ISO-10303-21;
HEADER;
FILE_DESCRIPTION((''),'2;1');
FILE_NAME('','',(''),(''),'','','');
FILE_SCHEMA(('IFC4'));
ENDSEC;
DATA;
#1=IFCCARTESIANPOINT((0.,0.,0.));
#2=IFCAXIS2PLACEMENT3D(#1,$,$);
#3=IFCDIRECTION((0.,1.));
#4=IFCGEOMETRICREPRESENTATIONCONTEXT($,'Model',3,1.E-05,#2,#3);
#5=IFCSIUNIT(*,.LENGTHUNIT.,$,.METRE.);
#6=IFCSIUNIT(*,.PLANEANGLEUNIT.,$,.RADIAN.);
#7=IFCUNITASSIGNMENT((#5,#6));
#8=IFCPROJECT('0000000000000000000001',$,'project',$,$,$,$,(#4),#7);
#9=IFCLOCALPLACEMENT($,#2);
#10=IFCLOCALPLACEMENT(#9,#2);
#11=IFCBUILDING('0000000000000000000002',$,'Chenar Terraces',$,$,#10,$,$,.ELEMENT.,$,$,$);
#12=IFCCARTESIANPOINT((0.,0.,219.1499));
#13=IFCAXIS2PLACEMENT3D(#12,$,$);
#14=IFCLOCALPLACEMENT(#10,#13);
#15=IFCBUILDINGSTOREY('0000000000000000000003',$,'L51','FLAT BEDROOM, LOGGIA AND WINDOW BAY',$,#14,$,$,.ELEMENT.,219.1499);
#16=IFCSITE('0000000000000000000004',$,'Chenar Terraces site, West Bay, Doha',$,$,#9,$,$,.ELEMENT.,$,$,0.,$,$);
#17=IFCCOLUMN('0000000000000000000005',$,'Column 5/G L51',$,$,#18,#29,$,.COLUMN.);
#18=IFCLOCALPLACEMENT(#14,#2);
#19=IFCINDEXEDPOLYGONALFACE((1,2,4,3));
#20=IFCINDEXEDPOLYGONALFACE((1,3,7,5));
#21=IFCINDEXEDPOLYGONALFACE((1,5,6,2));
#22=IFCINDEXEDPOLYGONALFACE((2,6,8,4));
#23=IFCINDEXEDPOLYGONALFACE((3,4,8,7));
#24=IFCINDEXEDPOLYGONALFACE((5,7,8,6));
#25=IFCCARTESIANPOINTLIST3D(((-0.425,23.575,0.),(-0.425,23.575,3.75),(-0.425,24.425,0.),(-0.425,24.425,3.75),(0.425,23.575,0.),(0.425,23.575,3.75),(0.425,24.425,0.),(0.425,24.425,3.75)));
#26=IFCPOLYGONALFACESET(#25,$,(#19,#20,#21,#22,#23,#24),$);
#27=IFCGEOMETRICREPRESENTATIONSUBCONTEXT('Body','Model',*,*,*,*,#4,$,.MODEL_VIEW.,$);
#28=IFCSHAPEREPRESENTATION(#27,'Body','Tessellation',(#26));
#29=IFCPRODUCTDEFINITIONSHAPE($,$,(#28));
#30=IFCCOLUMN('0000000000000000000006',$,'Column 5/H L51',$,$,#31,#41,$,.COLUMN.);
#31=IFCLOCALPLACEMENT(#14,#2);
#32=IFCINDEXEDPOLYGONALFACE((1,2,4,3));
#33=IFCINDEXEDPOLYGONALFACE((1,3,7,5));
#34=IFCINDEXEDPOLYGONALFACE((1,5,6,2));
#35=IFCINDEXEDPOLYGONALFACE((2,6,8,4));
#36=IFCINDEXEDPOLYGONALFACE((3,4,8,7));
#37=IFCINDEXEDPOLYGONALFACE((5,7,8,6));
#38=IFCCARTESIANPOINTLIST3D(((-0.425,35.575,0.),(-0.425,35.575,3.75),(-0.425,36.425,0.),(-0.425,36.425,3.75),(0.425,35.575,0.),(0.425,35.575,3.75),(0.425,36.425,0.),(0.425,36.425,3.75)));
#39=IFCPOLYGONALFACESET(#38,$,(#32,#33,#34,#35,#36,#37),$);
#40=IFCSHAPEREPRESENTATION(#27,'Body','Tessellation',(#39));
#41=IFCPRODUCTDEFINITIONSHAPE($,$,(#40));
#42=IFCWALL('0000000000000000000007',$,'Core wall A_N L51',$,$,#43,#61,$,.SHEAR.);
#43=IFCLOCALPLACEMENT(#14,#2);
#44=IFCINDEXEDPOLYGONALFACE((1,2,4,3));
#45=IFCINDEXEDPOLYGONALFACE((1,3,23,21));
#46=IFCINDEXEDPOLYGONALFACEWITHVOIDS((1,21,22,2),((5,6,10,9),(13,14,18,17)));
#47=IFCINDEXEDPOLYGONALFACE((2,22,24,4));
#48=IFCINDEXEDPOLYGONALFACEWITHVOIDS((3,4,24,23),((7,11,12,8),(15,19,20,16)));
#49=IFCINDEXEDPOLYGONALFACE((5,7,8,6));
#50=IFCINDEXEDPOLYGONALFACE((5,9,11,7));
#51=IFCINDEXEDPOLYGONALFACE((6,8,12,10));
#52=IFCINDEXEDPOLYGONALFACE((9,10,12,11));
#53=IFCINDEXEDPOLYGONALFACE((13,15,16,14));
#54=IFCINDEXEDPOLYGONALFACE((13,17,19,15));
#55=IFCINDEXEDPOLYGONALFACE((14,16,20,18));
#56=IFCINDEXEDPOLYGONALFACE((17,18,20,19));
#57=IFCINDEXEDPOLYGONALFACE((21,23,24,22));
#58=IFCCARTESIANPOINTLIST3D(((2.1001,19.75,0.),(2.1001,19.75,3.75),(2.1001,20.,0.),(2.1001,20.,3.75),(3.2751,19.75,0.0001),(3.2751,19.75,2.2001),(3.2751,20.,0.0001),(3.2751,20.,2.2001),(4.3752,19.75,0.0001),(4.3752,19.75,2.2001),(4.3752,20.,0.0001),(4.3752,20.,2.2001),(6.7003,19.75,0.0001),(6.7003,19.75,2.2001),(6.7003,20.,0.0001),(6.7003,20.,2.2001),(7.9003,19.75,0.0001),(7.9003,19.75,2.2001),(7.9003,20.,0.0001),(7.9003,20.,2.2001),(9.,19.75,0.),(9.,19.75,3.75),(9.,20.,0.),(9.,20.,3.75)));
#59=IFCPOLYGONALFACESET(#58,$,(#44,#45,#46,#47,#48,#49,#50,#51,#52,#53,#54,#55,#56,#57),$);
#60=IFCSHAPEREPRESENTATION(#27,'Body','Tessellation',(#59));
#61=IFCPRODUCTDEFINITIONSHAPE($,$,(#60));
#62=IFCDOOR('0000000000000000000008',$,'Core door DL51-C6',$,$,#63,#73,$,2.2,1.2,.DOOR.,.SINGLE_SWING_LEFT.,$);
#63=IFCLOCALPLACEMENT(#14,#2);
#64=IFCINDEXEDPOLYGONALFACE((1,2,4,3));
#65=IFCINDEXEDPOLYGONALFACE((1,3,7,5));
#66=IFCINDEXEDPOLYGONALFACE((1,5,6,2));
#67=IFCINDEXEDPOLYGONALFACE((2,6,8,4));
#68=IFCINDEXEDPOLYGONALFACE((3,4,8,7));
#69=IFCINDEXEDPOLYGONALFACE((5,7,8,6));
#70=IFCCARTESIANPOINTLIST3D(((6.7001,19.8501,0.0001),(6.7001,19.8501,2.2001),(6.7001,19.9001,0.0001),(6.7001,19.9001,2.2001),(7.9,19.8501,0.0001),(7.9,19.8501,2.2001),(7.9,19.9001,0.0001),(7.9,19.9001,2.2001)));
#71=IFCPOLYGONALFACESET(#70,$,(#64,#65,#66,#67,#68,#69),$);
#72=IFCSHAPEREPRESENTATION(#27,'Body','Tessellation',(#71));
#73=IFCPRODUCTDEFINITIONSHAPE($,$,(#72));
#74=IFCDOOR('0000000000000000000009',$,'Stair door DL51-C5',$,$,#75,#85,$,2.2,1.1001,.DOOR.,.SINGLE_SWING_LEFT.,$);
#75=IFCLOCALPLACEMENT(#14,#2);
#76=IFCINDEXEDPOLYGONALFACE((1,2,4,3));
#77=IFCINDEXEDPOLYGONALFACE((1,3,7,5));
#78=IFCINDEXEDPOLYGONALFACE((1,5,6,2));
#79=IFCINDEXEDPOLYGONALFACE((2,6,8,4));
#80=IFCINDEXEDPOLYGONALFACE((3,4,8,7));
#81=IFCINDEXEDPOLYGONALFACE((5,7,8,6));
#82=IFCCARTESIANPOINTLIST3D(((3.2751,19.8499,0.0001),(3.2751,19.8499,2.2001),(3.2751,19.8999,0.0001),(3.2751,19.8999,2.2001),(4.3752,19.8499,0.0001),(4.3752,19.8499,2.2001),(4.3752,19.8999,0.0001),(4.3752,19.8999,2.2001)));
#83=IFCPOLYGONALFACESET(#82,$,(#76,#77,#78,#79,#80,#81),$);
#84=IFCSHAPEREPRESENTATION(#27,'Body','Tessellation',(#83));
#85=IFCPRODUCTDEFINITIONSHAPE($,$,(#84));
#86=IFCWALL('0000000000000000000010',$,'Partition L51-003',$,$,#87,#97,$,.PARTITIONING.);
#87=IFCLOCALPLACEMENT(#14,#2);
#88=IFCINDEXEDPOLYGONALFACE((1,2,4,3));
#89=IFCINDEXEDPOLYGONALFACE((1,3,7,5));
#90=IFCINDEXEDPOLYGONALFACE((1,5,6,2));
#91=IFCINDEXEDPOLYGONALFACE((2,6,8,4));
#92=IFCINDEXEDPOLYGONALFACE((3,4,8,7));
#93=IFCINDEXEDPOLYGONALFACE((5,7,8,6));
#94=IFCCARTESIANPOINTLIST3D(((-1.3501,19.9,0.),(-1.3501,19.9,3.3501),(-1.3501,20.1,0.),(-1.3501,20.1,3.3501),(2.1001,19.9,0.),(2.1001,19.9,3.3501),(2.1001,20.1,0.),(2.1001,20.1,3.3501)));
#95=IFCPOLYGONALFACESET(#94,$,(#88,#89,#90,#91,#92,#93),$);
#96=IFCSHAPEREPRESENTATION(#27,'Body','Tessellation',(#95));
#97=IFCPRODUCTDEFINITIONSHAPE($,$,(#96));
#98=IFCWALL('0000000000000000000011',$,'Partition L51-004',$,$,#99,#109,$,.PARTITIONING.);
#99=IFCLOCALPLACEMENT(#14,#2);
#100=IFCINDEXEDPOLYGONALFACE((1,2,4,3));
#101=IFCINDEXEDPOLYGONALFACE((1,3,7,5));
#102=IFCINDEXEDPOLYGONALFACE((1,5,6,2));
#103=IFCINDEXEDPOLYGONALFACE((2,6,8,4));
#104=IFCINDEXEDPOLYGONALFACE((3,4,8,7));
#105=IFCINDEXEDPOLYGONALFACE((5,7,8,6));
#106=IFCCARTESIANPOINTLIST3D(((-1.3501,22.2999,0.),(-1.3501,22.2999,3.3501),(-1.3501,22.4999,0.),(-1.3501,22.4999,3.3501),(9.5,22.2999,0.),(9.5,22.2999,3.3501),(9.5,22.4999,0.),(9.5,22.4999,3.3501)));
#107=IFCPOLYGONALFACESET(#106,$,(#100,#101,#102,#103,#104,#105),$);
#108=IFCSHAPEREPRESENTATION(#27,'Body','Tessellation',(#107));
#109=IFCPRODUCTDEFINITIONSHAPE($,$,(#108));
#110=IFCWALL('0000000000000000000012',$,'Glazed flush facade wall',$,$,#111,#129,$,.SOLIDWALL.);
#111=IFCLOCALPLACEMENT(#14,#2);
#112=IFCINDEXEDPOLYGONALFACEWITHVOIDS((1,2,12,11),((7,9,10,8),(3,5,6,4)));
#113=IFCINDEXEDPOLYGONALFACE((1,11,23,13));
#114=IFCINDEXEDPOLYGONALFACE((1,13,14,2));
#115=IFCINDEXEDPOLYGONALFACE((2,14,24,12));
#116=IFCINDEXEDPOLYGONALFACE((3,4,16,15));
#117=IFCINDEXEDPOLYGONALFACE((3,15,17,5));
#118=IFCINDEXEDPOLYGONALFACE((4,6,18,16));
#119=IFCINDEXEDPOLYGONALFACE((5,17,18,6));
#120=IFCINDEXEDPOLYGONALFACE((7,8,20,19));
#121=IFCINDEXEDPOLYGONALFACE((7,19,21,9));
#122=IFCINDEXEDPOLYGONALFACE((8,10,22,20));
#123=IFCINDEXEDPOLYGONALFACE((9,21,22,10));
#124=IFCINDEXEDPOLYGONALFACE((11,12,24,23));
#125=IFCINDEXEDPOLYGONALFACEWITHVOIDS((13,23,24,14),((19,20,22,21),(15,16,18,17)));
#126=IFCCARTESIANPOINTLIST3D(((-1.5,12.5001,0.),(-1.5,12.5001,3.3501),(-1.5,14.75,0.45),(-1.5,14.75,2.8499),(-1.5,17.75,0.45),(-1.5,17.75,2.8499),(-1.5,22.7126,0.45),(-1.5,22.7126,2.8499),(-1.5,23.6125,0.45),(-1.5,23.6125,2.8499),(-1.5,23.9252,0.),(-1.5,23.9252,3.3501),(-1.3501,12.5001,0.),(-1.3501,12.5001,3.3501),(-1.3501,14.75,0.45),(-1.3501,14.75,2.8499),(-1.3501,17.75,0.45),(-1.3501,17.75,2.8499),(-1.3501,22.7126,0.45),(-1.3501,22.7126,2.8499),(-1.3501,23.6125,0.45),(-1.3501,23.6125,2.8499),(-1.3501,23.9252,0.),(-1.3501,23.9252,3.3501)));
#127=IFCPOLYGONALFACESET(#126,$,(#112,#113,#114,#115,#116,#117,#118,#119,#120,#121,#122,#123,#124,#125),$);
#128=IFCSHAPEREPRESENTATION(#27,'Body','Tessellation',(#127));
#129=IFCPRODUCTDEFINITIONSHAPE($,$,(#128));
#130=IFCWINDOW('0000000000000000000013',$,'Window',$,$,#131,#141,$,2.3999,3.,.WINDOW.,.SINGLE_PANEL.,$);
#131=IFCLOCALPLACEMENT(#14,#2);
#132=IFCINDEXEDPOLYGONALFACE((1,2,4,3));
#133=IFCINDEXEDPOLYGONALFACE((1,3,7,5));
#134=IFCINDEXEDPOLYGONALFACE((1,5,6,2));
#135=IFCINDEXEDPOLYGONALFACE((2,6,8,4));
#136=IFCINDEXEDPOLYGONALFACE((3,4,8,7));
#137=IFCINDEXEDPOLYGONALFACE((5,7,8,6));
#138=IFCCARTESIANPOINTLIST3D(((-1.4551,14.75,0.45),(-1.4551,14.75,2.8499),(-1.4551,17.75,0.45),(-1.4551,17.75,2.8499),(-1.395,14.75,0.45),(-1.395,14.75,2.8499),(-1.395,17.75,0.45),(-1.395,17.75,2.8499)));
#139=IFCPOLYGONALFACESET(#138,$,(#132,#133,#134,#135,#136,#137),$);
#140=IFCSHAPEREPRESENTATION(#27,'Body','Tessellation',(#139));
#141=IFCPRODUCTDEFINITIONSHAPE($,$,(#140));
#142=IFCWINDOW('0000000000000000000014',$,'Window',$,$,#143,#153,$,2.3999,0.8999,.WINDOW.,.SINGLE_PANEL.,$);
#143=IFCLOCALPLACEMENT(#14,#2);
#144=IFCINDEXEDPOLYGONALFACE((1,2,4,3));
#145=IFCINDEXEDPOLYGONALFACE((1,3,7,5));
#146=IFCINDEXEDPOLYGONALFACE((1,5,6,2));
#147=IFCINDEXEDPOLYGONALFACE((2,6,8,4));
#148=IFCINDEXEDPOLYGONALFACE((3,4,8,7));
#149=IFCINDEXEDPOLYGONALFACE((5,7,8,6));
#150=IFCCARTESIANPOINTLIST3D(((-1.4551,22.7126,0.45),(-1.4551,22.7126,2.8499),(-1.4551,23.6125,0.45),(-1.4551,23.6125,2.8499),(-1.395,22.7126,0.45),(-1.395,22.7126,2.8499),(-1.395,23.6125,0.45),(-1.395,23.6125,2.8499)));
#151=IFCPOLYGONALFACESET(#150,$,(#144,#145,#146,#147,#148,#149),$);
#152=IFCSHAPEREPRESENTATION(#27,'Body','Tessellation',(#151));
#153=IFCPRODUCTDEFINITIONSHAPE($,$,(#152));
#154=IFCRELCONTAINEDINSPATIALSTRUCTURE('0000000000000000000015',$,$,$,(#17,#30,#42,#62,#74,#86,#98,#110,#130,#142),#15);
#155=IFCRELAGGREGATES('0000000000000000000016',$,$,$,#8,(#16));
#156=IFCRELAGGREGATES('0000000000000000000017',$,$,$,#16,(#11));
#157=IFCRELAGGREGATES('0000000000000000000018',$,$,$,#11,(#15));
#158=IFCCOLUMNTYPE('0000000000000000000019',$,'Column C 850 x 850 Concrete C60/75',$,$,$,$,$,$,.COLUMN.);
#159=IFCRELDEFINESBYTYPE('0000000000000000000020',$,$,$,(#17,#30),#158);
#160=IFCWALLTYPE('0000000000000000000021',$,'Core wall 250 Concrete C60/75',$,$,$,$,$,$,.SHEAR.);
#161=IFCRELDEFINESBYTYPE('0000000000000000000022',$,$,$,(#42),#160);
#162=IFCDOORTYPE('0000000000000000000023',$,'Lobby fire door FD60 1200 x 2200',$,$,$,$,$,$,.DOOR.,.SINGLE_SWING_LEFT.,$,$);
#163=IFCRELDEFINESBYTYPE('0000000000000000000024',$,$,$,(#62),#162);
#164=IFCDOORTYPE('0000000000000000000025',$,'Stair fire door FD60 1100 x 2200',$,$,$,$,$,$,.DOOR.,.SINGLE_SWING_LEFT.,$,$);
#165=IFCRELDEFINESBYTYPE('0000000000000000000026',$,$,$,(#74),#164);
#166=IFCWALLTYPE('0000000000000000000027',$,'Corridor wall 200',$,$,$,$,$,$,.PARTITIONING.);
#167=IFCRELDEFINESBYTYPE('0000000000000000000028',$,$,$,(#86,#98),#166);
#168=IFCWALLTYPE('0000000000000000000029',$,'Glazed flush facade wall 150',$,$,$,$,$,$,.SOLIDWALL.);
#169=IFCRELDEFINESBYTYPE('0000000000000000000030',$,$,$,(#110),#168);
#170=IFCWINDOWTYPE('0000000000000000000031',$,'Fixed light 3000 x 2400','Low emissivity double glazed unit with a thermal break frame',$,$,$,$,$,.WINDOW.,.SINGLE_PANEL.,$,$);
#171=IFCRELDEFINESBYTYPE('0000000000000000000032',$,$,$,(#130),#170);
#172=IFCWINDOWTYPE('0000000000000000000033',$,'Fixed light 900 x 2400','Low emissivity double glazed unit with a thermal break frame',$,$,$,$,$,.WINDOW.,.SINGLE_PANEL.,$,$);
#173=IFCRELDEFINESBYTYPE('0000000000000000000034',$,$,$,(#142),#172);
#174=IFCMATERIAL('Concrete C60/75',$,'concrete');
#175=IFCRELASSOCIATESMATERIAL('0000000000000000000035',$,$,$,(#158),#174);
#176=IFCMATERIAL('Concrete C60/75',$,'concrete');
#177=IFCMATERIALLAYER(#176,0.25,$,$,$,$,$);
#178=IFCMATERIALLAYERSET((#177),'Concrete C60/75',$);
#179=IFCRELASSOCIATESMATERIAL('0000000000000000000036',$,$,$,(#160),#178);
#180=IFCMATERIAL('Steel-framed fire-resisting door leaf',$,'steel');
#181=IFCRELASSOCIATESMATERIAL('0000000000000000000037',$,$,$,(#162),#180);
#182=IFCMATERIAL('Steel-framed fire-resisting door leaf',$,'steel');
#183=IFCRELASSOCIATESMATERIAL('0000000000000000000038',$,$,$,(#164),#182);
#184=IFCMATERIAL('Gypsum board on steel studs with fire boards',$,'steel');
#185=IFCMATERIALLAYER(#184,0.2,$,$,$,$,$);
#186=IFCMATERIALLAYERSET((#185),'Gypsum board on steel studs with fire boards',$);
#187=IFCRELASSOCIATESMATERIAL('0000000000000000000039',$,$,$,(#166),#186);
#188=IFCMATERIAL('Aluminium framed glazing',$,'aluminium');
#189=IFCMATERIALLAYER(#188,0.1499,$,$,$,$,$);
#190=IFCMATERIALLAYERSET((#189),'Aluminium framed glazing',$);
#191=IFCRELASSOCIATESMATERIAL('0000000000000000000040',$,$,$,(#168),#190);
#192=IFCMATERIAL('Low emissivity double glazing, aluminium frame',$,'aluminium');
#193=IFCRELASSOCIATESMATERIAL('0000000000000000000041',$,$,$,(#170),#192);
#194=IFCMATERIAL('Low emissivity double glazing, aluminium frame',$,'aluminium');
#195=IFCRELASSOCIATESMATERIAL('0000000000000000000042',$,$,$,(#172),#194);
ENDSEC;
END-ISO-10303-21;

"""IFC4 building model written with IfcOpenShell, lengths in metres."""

from ifc_helpers import new_model, si_unit, direction, frame, frame_2d, origin, origin_2d, place, context, subcontext, project, spatial, rectangle, extrude, material, layer, layer_set, material_profile, profile_set, type_object, element, fill, save


model = new_model("IFC4")

# Units and contexts
model_context = context("Model", 3, precision=1e-05, world=origin(), true_north=direction((0.0, 1.0)))
body_context = subcontext(model_context, "Body", "Model", "MODEL_VIEW")
ifc_project = project(units=[si_unit("LENGTHUNIT", "METRE"), si_unit("PLANEANGLEUNIT", "RADIAN")], contexts=[model_context])

# Site, building, storey
site_placement = place(None, origin())
site = spatial("IfcSite", under=ifc_project, at=site_placement, Name="Chenar Terraces site, West Bay, Doha", CompositionType="ELEMENT", RefElevation=0.0)
building_placement = place(site_placement, origin())
building = spatial("IfcBuilding", under=site, at=building_placement, Name="Chenar Terraces", CompositionType="ELEMENT")
storey_placement = place(building_placement, frame((0.0, 0.0, 219.1499)))
storey = spatial("IfcBuildingStorey", under=building, at=storey_placement, Name="L51", Description="FLAT BEDROOM, LOGGIA AND WINDOW BAY", CompositionType="ELEMENT", Elevation=219.1499)

# Columns
ifc_material_1 = material(Name="Concrete C60/75", Category="concrete")
ifc_material_profile_1 = material_profile(ifc_material_1, rectangle(XDim=0.8501, YDim=0.8501, at=origin_2d()), Name="C 850 x 850")
ifc_profile_set_1 = profile_set([ifc_material_profile_1], Name="Concrete C60/75")
column_type = type_object("IfcColumnType", Name="Column C 850 x 850 Concrete C60/75", PredefinedType="COLUMN", material=ifc_profile_set_1)
column_1_placement = place(storey_placement, frame((0.0, 24.0, 0.0), z_axis=(0.0, 0.0, 1.0), x_axis=(1.0, 0.0, 0.0)))
element("IfcColumn", 1, at=column_1_placement, inside=storey, type_object=column_type, Name="Column 5/G L51", PredefinedType="COLUMN", context=body_context, shape_type="SweptSolid", body=[
    extrude(rectangle(XDim=0.8501, YDim=0.8501, at=origin_2d()), origin(), (0.0, 0.0, 1.0), 3.75),
])
placement = place(storey_placement, frame((0.0, 36.0, 0.0), z_axis=(0.0, 0.0, 1.0), x_axis=(1.0, 0.0, 0.0)))
element("IfcColumn", 2, at=placement, inside=storey, type_object=column_type, Name="Column 5/H L51", PredefinedType="COLUMN", context=body_context, shape_type="SweptSolid", body=[
    extrude(rectangle(XDim=0.8501, YDim=0.8501, at=origin_2d()), origin(), (0.0, 0.0, 1.0), 3.75),
])

# Wall, openings, doors
ifc_material_2 = material(Name="Concrete C60/75", Category="concrete")
ifc_layer_1 = layer(ifc_material_2, 0.25)
ifc_layer_set_1 = layer_set([ifc_layer_1], Name="Concrete C60/75")
wall_type_1 = type_object("IfcWallType", Name="Core wall 250 Concrete C60/75", PredefinedType="SHEAR", material=ifc_layer_set_1)
wall_1_placement = place(storey_placement, frame((2.1001, 19.875, 0.0), z_axis=(0.0, 0.0, 1.0), x_axis=(1.0, 0.0, 0.0)))
wall_1 = element("IfcWall", 3, at=wall_1_placement, inside=storey, type_object=wall_type_1, Name="Core wall A_N L51", PredefinedType="SHEAR", context=body_context, shape_type="SweptSolid", body=[
    extrude(rectangle(XDim=6.8999, YDim=0.25, at=frame_2d((3.45, 0.0))), origin(), (0.0, 0.0, 1.0), 3.75),
])
opening_1_placement = place(wall_1_placement, frame((1.175, 0.0, 0.0)))
opening_1 = element("IfcOpeningElement", 4, at=opening_1_placement, cuts=wall_1, PredefinedType="OPENING", context=body_context, shape_type="SweptSolid", body=[
    extrude(rectangle(XDim=1.1001, YDim=2.2, at=frame_2d((0.55, 1.1001))), frame((0.0, 0.135, 0.0), z_axis=(0.0, -1.0, 0.0), x_axis=(1.0, 0.0, 0.0)), (0.0, 0.0, 1.0), 0.27),
])
opening_2_placement = place(wall_1_placement, frame((4.6001, 0.0, 0.0)))
opening_2 = element("IfcOpeningElement", 5, at=opening_2_placement, cuts=wall_1, PredefinedType="OPENING", context=body_context, shape_type="SweptSolid", body=[
    extrude(rectangle(XDim=1.2, YDim=2.2, at=frame_2d((0.6001, 1.1001))), frame((0.0, 0.135, 0.0), z_axis=(0.0, -1.0, 0.0), x_axis=(1.0, 0.0, 0.0)), (0.0, 0.0, 1.0), 0.27),
])
ifc_material_3 = material(Name="Steel-framed fire-resisting door leaf", Category="steel")
door_type_1 = type_object("IfcDoorType", Name="Lobby fire door FD60 1200 x 2200", OperationType="SINGLE_SWING_LEFT", PredefinedType="DOOR", material=ifc_material_3)
door_1_placement = place(opening_2_placement, frame((1.2, 0.0, 0.0), z_axis=(0.0, 0.0, 1.0), x_axis=(-1.0, 0.0, 0.0)))
door_1 = element("IfcDoor", 6, at=door_1_placement, inside=storey, type_object=door_type_1, Name="Core door DL51-C6", OperationType="SINGLE_SWING_LEFT", OverallHeight=2.2, OverallWidth=1.2, PredefinedType="DOOR", context=body_context, shape_type="SweptSolid", body=[
    extrude(rectangle(XDim=1.2, YDim=2.2, at=frame_2d((0.6001, 1.1001))), frame((0.0, 0.0249, 0.0), z_axis=(0.0, -1.0, 0.0), x_axis=(1.0, 0.0, 0.0)), (0.0, 0.0, 1.0), 0.05),
])
fill(opening_2, door_1)
ifc_material_4 = material(Name="Steel-framed fire-resisting door leaf", Category="steel")
door_type_2 = type_object("IfcDoorType", Name="Stair fire door FD60 1100 x 2200", OperationType="SINGLE_SWING_LEFT", PredefinedType="DOOR", material=ifc_material_4)
door_2_placement = place(opening_1_placement, origin())
door_2 = element("IfcDoor", 7, at=door_2_placement, inside=storey, type_object=door_type_2, Name="Stair door DL51-C5", OperationType="SINGLE_SWING_LEFT", OverallHeight=2.2, OverallWidth=1.1001, PredefinedType="DOOR", context=body_context, shape_type="SweptSolid", body=[
    extrude(rectangle(XDim=1.1001, YDim=2.2, at=frame_2d((0.55, 1.1001))), frame((0.0, 0.0249, 0.0), z_axis=(0.0, -1.0, 0.0), x_axis=(1.0, 0.0, 0.0)), (0.0, 0.0, 1.0), 0.05),
])
fill(opening_1, door_2)

# Walls
ifc_material_5 = material(Name="Gypsum board on steel studs with fire boards", Category="steel")
ifc_layer_2 = layer(ifc_material_5, 0.2)
ifc_layer_set_2 = layer_set([ifc_layer_2], Name="Gypsum board on steel studs with fire boards")
wall_type_2 = type_object("IfcWallType", Name="Corridor wall 200", PredefinedType="PARTITIONING", material=ifc_layer_set_2)
wall_2_placement = place(storey_placement, frame((-1.3501, 20.0, 0.0), z_axis=(0.0, 0.0, 1.0), x_axis=(1.0, 0.0, 0.0)))
element("IfcWall", 8, at=wall_2_placement, inside=storey, type_object=wall_type_2, Name="Partition L51-003", PredefinedType="PARTITIONING", context=body_context, shape_type="SweptSolid", body=[
    extrude(rectangle(XDim=3.4502, YDim=0.2, at=frame_2d((1.7251, 0.0))), origin(), (0.0, 0.0, 1.0), 3.3501),
])
wall_3_placement = place(storey_placement, frame((-1.3501, 22.3999, 0.0), z_axis=(0.0, 0.0, 1.0), x_axis=(1.0, 0.0, 0.0)))
element("IfcWall", 9, at=wall_3_placement, inside=storey, type_object=wall_type_2, Name="Partition L51-004", PredefinedType="PARTITIONING", context=body_context, shape_type="SweptSolid", body=[
    extrude(rectangle(XDim=10.8501, YDim=0.2, at=frame_2d((5.425, 0.0))), origin(), (0.0, 0.0, 1.0), 3.3501),
])

# Wall, openings, windows
ifc_material_6 = material(Name="Aluminium framed glazing", Category="aluminium")
ifc_layer_3 = layer(ifc_material_6, 0.1499)
ifc_layer_set_3 = layer_set([ifc_layer_3], Name="Aluminium framed glazing")
wall_type_3 = type_object("IfcWallType", Name="Glazed flush facade wall 150", PredefinedType="SOLIDWALL", material=ifc_layer_set_3)
wall_4_placement = place(storey_placement, frame((-1.425, 23.925, 0.0), z_axis=(0.0, 0.0, 1.0), x_axis=(0.0, -1.0, 0.0)))
wall_4 = element("IfcWall", 10, at=wall_4_placement, inside=storey, type_object=wall_type_3, Name="Glazed flush facade wall", PredefinedType="SOLIDWALL", context=body_context, shape_type="SweptSolid", body=[
    extrude(rectangle(XDim=11.425, YDim=0.1499, at=frame_2d((5.7124, 0.0))), origin(), (0.0, 0.0, 1.0), 3.3501),
])
opening_3_placement = place(wall_4_placement, frame((0.3125, 0.0, 0.45)))
opening_3 = element("IfcOpeningElement", 11, at=opening_3_placement, cuts=wall_4, PredefinedType="OPENING", context=body_context, shape_type="SweptSolid", body=[
    extrude(rectangle(XDim=0.8999, YDim=2.3999, at=frame_2d((0.45, 1.2))), frame((0.0, 0.085, 0.0), z_axis=(0.0, -1.0, 0.0), x_axis=(1.0, 0.0, 0.0)), (0.0, 0.0, 1.0), 0.1699),
])
opening_4_placement = place(wall_4_placement, frame((6.175, 0.0, 0.45)))
opening_4 = element("IfcOpeningElement", 12, at=opening_4_placement, cuts=wall_4, PredefinedType="OPENING", context=body_context, shape_type="SweptSolid", body=[
    extrude(rectangle(XDim=3.0, YDim=2.3999, at=frame_2d((1.5, 1.2))), frame((0.0, 0.085, 0.0), z_axis=(0.0, -1.0, 0.0), x_axis=(1.0, 0.0, 0.0)), (0.0, 0.0, 1.0), 0.1699),
])
ifc_material_7 = material(Name="Low emissivity double glazing, aluminium frame", Category="aluminium")
window_type_1 = type_object("IfcWindowType", Name="Fixed light 3000 x 2400", Description="Low emissivity double glazed unit with a thermal break frame", PartitioningType="SINGLE_PANEL", PredefinedType="WINDOW", material=ifc_material_7)
window_1_placement = place(opening_4_placement, origin())
window_1 = element("IfcWindow", 13, at=window_1_placement, inside=storey, type_object=window_type_1, Name="Window", OverallHeight=2.3999, OverallWidth=3.0, PartitioningType="SINGLE_PANEL", PredefinedType="WINDOW", context=body_context, shape_type="SweptSolid", body=[
    extrude(rectangle(XDim=3.0, YDim=2.3999, at=frame_2d((1.5, 1.2))), frame((0.0, 0.03, 0.0), z_axis=(0.0, -1.0, 0.0), x_axis=(1.0, 0.0, 0.0)), (0.0, 0.0, 1.0), 0.0601),
])
fill(opening_4, window_1)
ifc_material_8 = material(Name="Low emissivity double glazing, aluminium frame", Category="aluminium")
window_type_2 = type_object("IfcWindowType", Name="Fixed light 900 x 2400", Description="Low emissivity double glazed unit with a thermal break frame", PartitioningType="SINGLE_PANEL", PredefinedType="WINDOW", material=ifc_material_8)
window_2_placement = place(opening_3_placement, origin())
window_2 = element("IfcWindow", 14, at=window_2_placement, inside=storey, type_object=window_type_2, Name="Window", OverallHeight=2.3999, OverallWidth=0.8999, PartitioningType="SINGLE_PANEL", PredefinedType="WINDOW", context=body_context, shape_type="SweptSolid", body=[
    extrude(rectangle(XDim=0.8999, YDim=2.3999, at=frame_2d((0.45, 1.2))), frame((0.0, 0.03, 0.0), z_axis=(0.0, -1.0, 0.0), x_axis=(1.0, 0.0, 0.0)), (0.0, 0.0, 1.0), 0.0601),
])
fill(opening_3, window_2)

save(model, "model.ifc")
